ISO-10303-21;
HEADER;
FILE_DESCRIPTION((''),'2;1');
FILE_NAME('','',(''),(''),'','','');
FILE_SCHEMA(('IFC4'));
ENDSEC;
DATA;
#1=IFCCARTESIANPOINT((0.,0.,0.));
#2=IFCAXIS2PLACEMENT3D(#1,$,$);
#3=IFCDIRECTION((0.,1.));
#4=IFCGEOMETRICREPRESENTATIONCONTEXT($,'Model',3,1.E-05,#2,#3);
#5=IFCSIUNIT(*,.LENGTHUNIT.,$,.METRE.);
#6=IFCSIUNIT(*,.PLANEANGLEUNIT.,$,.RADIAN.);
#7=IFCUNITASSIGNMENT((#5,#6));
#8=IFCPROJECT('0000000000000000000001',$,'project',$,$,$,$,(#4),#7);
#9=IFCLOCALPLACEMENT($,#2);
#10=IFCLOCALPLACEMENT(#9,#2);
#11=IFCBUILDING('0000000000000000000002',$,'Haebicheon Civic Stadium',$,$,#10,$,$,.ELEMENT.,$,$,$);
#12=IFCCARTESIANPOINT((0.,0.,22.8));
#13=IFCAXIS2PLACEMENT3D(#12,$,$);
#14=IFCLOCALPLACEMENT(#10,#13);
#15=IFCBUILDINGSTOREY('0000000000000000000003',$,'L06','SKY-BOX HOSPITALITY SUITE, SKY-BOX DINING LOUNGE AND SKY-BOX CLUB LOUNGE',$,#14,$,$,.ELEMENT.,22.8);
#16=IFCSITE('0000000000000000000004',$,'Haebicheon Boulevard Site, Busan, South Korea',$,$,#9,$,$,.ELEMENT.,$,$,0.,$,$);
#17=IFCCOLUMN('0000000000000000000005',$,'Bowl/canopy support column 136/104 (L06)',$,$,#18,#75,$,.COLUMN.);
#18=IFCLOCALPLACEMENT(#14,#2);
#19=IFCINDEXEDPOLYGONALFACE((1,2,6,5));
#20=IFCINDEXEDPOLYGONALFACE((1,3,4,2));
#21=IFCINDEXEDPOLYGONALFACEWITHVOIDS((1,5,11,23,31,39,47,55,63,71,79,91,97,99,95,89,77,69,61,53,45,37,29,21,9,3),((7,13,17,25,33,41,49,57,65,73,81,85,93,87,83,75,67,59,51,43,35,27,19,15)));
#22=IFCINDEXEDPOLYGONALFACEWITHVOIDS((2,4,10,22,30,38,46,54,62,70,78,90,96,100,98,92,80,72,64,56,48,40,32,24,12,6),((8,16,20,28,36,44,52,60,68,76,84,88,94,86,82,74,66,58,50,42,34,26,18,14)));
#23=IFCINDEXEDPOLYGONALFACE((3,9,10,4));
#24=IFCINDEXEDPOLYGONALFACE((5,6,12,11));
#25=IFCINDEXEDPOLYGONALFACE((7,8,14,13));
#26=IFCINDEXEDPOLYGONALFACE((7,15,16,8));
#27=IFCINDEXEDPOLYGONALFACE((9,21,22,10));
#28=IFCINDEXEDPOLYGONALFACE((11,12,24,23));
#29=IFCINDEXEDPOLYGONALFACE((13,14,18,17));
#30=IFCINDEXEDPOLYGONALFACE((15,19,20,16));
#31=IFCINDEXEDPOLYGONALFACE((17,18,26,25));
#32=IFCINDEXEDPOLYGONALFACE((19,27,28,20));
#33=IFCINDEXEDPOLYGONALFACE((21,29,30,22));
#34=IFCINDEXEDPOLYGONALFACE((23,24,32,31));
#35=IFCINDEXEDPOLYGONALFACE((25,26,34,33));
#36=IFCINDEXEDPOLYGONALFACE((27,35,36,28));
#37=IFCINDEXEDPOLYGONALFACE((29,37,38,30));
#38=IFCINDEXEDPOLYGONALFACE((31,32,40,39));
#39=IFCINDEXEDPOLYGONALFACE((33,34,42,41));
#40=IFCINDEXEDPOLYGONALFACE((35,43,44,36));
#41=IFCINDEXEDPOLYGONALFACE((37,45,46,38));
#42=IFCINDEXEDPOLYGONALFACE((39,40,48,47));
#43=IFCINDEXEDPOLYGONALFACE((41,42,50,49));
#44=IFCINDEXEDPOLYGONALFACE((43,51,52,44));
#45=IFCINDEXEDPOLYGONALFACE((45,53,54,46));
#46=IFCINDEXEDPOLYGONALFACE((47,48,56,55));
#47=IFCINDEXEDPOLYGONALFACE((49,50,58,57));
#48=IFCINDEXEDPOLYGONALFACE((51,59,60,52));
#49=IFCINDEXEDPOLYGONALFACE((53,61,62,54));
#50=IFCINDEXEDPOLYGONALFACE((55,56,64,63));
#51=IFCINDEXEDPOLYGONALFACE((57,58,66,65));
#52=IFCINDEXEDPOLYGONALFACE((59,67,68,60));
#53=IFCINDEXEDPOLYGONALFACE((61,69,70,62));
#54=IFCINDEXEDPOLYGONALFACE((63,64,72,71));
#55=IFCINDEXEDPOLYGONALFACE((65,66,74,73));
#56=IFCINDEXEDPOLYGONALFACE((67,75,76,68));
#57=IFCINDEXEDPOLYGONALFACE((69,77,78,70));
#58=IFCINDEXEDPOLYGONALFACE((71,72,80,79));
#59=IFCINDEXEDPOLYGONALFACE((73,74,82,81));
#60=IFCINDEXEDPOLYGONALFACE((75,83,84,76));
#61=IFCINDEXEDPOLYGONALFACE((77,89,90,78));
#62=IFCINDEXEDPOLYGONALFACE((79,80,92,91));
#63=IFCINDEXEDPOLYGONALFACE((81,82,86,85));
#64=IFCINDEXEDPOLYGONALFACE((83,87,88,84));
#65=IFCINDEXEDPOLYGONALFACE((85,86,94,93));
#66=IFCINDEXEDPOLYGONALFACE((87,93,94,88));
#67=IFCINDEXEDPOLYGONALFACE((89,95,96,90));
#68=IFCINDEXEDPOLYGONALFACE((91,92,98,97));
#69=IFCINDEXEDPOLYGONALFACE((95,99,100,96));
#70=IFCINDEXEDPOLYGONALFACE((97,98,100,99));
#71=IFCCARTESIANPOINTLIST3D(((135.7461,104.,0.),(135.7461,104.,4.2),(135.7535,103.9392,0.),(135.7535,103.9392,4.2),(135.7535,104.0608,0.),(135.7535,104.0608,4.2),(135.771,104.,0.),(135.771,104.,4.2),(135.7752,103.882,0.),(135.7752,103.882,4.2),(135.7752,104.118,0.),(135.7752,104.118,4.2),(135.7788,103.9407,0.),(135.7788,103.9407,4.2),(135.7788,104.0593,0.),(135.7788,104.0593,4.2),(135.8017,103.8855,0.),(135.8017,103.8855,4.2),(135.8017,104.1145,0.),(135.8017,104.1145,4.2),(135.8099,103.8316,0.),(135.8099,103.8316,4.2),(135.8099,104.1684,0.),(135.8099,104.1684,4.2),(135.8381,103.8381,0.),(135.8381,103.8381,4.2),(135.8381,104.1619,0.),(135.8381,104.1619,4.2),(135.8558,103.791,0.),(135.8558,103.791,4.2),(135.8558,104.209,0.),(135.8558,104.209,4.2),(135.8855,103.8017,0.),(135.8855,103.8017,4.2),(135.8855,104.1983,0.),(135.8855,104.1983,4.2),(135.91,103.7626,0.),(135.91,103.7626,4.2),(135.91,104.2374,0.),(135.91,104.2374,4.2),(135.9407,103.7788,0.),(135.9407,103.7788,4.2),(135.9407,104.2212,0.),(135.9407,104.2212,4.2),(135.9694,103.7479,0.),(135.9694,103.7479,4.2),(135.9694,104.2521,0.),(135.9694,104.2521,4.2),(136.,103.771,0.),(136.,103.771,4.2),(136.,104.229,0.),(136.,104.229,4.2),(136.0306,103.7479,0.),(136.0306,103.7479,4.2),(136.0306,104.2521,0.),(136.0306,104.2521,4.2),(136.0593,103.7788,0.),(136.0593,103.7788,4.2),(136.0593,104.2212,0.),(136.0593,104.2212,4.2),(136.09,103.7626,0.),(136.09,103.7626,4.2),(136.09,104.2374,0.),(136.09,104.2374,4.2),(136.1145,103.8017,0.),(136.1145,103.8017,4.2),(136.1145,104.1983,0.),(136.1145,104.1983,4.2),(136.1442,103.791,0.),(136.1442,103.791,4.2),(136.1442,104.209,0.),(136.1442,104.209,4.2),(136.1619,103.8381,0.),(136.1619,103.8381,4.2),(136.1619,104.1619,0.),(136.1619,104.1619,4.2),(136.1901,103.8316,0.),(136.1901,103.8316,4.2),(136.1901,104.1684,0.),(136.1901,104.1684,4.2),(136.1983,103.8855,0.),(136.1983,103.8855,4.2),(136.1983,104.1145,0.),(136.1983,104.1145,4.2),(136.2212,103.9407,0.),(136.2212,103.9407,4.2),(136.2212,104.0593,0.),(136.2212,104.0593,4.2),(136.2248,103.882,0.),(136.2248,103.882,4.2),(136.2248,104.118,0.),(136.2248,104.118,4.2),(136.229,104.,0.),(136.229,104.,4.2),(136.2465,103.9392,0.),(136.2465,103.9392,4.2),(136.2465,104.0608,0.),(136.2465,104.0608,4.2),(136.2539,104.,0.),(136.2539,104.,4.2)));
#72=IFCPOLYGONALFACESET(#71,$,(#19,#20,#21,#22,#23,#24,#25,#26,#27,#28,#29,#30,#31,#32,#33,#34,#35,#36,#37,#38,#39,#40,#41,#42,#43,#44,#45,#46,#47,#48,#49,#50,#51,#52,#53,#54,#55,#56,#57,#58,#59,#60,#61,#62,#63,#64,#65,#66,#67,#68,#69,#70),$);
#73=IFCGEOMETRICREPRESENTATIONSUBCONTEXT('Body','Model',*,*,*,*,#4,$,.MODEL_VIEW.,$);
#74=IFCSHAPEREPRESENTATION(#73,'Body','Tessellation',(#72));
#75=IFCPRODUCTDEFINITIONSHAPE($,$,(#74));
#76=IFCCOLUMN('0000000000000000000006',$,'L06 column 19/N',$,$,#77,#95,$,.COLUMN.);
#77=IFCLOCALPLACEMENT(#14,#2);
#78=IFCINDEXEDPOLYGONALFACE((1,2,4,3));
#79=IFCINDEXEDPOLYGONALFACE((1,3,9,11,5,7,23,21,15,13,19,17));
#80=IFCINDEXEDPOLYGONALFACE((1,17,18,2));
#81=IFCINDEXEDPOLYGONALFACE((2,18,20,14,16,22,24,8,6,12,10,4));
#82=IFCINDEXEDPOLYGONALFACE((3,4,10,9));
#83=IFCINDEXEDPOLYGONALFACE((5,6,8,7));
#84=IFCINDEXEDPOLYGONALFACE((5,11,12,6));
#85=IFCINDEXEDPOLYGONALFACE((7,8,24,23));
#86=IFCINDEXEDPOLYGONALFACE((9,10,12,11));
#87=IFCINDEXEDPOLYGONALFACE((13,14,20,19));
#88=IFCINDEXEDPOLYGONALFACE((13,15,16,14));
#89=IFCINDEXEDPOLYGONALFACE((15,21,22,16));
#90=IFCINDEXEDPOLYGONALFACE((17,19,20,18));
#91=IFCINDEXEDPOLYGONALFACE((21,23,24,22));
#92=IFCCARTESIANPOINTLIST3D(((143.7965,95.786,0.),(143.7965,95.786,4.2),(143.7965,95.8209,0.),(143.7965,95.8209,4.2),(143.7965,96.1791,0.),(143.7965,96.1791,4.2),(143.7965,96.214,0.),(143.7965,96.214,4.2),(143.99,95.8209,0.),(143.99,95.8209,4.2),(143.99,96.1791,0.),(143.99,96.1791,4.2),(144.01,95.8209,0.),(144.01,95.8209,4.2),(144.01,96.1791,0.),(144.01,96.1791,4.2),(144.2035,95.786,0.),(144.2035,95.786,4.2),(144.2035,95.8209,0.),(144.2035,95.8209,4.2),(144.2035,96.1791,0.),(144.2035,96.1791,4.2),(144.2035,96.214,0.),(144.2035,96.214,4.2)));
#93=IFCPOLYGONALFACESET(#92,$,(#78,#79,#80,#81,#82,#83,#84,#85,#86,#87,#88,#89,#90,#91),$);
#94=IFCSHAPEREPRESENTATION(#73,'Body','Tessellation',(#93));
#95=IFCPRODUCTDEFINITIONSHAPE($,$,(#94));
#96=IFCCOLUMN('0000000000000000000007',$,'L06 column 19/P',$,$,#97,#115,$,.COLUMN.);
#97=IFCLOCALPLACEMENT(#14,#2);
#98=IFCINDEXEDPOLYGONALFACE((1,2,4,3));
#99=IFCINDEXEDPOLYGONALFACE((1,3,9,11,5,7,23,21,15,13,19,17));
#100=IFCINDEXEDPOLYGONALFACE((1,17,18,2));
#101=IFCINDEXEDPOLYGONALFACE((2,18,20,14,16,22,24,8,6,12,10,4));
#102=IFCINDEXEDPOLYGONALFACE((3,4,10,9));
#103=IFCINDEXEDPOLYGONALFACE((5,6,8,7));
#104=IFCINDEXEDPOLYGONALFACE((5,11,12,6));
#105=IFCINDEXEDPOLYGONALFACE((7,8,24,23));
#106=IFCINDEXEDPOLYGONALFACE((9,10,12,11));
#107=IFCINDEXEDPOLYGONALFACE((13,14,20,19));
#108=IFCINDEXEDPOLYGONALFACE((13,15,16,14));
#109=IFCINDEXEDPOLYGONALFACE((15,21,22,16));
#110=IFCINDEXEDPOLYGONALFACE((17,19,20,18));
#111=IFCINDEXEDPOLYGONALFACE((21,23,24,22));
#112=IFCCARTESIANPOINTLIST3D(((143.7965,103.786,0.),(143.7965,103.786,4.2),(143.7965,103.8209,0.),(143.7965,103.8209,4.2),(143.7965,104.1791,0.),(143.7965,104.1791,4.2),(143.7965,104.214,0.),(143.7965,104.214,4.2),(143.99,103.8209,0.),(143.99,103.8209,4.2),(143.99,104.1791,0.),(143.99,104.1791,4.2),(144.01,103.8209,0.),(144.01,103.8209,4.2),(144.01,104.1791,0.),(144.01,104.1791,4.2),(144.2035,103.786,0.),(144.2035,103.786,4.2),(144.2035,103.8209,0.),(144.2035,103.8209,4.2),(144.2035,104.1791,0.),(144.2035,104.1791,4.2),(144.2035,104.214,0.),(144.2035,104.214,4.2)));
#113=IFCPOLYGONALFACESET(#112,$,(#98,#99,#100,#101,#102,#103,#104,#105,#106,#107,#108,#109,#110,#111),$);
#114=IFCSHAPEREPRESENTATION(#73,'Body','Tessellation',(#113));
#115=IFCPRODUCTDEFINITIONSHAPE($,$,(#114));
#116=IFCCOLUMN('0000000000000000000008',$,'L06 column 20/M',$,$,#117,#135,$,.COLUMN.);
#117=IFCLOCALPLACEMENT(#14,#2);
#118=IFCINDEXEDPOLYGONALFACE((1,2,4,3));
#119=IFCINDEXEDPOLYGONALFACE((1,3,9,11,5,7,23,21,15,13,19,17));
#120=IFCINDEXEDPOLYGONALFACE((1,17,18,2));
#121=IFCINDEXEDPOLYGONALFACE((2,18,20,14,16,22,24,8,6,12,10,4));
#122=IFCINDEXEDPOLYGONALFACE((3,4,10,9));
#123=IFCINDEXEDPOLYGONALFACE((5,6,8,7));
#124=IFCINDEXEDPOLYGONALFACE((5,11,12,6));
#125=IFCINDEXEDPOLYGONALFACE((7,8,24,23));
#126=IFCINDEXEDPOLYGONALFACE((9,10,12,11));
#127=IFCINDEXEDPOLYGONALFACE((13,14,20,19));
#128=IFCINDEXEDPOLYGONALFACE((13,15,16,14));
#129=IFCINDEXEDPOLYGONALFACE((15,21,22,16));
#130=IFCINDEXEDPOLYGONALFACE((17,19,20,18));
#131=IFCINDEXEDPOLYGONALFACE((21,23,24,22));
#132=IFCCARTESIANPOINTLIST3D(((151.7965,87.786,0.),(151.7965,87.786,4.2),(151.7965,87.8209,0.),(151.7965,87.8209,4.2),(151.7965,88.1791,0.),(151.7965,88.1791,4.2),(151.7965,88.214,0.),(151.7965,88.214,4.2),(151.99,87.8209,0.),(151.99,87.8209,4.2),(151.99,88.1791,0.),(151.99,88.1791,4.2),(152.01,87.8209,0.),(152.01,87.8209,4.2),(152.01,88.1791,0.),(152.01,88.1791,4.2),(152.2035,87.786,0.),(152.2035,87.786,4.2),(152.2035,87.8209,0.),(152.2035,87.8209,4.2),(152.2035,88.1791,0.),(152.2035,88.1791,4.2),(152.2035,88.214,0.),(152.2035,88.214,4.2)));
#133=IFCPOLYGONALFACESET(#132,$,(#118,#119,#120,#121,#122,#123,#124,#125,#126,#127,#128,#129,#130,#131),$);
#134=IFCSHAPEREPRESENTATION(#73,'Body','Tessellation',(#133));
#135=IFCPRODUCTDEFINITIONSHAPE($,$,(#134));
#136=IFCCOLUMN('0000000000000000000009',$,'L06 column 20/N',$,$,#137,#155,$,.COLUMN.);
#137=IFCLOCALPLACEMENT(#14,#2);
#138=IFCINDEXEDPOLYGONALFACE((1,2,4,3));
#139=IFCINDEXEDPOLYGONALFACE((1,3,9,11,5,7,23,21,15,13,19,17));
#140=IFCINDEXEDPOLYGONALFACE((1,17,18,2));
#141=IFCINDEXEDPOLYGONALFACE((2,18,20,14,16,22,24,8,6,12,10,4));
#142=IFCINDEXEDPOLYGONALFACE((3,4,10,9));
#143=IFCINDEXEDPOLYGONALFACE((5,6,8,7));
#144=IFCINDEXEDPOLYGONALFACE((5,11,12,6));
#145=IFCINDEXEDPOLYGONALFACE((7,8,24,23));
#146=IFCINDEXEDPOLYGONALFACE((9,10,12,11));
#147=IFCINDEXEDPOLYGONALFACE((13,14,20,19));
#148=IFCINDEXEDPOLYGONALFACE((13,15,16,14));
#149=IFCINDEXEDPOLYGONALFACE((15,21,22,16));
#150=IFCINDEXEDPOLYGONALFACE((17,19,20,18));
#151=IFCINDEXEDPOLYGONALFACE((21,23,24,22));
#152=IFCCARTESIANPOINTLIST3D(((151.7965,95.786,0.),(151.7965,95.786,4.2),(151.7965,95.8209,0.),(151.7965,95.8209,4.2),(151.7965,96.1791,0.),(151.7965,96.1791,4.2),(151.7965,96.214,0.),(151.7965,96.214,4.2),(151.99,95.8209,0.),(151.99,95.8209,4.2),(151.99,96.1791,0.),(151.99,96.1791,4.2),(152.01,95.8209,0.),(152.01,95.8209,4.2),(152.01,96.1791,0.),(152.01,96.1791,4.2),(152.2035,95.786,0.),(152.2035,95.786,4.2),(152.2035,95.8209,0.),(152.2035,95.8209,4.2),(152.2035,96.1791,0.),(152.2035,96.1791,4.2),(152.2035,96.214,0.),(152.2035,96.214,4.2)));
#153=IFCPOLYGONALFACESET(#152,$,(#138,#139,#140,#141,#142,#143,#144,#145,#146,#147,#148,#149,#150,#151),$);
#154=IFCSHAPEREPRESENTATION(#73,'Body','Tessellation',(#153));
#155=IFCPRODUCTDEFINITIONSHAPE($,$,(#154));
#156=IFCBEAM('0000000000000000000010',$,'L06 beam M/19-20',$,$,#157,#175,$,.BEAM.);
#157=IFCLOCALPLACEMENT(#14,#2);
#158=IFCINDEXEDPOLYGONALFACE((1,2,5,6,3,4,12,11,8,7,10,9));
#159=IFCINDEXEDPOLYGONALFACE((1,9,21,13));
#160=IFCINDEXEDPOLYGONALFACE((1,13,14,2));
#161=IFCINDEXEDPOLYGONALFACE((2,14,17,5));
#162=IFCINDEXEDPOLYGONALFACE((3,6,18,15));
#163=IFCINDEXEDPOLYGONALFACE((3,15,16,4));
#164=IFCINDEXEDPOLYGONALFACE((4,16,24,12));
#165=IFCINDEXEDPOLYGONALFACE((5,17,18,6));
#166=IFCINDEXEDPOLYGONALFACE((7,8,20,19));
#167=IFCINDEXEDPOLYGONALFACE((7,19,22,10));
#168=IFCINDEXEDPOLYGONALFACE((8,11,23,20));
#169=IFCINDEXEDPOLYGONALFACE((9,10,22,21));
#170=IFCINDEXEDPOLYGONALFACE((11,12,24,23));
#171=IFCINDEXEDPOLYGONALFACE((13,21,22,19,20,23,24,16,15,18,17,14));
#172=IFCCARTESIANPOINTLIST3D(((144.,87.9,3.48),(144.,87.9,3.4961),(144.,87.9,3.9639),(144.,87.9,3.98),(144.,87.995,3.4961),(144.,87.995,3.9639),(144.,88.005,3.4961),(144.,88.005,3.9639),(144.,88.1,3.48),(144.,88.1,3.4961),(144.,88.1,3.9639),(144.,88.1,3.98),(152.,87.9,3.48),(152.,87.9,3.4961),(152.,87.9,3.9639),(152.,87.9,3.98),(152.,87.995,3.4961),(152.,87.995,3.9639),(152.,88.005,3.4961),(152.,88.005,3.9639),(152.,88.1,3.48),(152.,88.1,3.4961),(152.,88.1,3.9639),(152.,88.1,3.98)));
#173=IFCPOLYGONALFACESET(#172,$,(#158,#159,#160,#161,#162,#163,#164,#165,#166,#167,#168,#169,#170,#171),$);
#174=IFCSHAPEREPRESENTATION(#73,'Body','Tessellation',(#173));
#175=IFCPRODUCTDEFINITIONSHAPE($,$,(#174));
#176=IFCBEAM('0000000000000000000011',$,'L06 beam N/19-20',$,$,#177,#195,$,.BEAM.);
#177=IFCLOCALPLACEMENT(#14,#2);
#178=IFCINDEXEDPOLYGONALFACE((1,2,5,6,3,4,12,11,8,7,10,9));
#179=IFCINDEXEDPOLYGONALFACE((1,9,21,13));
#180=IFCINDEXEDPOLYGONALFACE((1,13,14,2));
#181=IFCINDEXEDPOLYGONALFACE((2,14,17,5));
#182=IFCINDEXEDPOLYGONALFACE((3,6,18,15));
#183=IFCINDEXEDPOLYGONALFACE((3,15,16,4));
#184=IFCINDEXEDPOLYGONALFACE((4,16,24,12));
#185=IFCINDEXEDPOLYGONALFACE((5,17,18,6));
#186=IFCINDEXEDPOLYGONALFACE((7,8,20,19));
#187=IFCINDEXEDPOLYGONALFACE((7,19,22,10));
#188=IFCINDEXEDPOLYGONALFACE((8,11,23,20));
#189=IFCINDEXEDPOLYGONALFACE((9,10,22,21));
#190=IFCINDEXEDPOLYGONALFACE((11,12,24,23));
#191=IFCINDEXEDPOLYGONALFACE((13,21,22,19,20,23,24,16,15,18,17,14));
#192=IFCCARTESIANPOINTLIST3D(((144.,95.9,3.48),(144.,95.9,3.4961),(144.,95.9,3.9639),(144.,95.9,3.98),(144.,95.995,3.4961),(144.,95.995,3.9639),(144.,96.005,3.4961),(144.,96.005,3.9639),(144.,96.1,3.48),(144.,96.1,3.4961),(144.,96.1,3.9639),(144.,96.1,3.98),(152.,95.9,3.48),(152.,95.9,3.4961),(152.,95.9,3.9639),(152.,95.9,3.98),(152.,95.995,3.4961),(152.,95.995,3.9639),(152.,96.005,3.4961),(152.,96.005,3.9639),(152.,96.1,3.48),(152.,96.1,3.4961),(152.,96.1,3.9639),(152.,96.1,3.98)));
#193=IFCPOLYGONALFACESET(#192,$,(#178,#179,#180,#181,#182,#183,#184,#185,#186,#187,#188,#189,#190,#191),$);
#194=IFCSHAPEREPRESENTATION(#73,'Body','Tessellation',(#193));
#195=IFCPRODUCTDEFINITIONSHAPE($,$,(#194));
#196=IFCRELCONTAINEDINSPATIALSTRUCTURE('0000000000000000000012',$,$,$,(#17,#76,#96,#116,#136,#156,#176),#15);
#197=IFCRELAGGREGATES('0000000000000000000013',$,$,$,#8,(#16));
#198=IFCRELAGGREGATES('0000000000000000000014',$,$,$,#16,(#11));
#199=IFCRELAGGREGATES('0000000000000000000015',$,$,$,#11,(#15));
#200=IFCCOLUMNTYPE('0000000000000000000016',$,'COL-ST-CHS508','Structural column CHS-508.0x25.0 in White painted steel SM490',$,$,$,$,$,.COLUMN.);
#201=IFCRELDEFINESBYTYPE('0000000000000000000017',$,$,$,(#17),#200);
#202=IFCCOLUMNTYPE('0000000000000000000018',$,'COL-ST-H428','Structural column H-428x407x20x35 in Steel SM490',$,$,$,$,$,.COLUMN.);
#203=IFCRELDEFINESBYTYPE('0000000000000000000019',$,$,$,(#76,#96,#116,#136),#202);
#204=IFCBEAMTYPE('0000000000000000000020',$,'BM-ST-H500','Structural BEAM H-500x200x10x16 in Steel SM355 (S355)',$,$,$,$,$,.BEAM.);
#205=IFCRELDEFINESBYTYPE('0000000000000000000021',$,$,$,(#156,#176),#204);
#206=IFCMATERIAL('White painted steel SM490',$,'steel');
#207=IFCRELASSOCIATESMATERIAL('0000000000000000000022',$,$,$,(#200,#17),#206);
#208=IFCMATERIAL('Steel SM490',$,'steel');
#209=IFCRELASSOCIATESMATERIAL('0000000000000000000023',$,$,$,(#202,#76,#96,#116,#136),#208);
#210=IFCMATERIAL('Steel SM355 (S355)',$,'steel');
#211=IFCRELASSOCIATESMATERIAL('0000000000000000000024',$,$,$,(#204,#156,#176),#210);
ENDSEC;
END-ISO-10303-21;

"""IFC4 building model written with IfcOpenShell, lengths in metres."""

from ifc_helpers import new_model, si_unit, direction, frame, origin, origin_2d, place, context, subcontext, project, spatial, hollow_circle, i_section, extrude, material, material_profile, profile_set, type_object, element, save


model = new_model("IFC4")

# Units and contexts
model_context = context("Model", 3, precision=1e-05, world=origin(), true_north=direction((0.0, 1.0)))
body_context = subcontext(model_context, "Body", "Model", "MODEL_VIEW")
ifc_project = project(units=[si_unit("LENGTHUNIT", "METRE"), si_unit("PLANEANGLEUNIT", "RADIAN")], contexts=[model_context])

# Site, building, storey
site_placement = place(None, origin())
site = spatial("IfcSite", under=ifc_project, at=site_placement, Name="Haebicheon Boulevard Site, Busan, South Korea", CompositionType="ELEMENT", RefElevation=0.0)
building_placement = place(site_placement, origin())
building = spatial("IfcBuilding", under=site, at=building_placement, Name="Haebicheon Civic Stadium", CompositionType="ELEMENT")
storey_placement = place(building_placement, frame((0.0, 0.0, 22.8)))
storey = spatial("IfcBuildingStorey", under=building, at=storey_placement, Name="L06", Description="SKY-BOX HOSPITALITY SUITE, SKY-BOX DINING LOUNGE AND SKY-BOX CLUB LOUNGE", CompositionType="ELEMENT", Elevation=22.8)

# Columns
ifc_material_1 = material(Name="White painted steel SM490", Category="steel")
ifc_material_profile_1 = material_profile(ifc_material_1, hollow_circle(Radius=0.2539, WallThickness=0.0249, at=origin_2d()), Name="CHS-508.0x25.0")
ifc_profile_set_1 = profile_set([ifc_material_profile_1], Name="White painted steel SM490")
column_type_1 = type_object("IfcColumnType", Name="COL-ST-CHS508", Description="Structural column CHS-508.0x25.0 in White painted steel SM490", PredefinedType="COLUMN", material=ifc_profile_set_1)
column_placement = place(storey_placement, frame((136.0, 104.0, 0.0), z_axis=(0.0, 0.0, 1.0), x_axis=(1.0, 0.0, 0.0)))
element("IfcColumn", 1, at=column_placement, inside=storey, type_object=column_type_1, material=ifc_profile_set_1, Name="Bowl/canopy support column 136/104 (L06)", PredefinedType="COLUMN", context=body_context, shape_type="SweptSolid", body=[
    extrude(hollow_circle(Radius=0.2539, WallThickness=0.0249, at=origin_2d()), origin(), (0.0, 0.0, 1.0), 4.2),
])
ifc_material_2 = material(Name="Steel SM490", Category="steel")
ifc_material_profile_2 = material_profile(ifc_material_2, i_section(OverallWidth=0.407, OverallDepth=0.428, WebThickness=0.02, FlangeThickness=0.0349, at=origin_2d()), Name="H-428x407x20x35")
ifc_profile_set_2 = profile_set([ifc_material_profile_2], Name="Steel SM490")
column_type_2 = type_object("IfcColumnType", Name="COL-ST-H428", Description="Structural column H-428x407x20x35 in Steel SM490", PredefinedType="COLUMN", material=ifc_profile_set_2)
for number, where, z_axis, x_axis, name in (
    (2, (144.0, 96.0, 0.0), (0.0, 0.0, 1.0), (1.0, 0.0, 0.0), "L06 column 19/N"),
    (3, (144.0, 104.0, 0.0), (0.0, 0.0, 1.0), (1.0, 0.0, 0.0), "L06 column 19/P"),
    (4, (152.0, 88.0, 0.0), (0.0, 0.0, 1.0), (1.0, 0.0, 0.0), "L06 column 20/M"),
    (5, (152.0, 96.0, 0.0), (0.0, 0.0, 1.0), (1.0, 0.0, 0.0), "L06 column 20/N"),
):
    element("IfcColumn", number, at=place(storey_placement, frame(where, z_axis=z_axis, x_axis=x_axis)), inside=storey, type_object=column_type_2, material=ifc_profile_set_2, Name=name, PredefinedType="COLUMN", context=body_context, shape_type="SweptSolid", body=[
        extrude(i_section(OverallWidth=0.407, OverallDepth=0.428, WebThickness=0.02, FlangeThickness=0.0349, at=origin_2d()), origin(), (0.0, 0.0, 1.0), 4.2),
    ])

# Beams
ifc_material_3 = material(Name="Steel SM355 (S355)", Category="steel")
ifc_material_profile_3 = material_profile(ifc_material_3, i_section(OverallWidth=0.2, OverallDepth=0.5, WebThickness=0.01, FlangeThickness=0.0161, at=origin_2d()), Name="H-500x200x10x16")
ifc_profile_set_3 = profile_set([ifc_material_profile_3], Name="Steel SM355 (S355)")
beam_type_1 = type_object("IfcBeamType", Name="BM-ST-H500", Description="Structural BEAM H-500x200x10x16 in Steel SM355 (S355)", PredefinedType="BEAM", material=ifc_profile_set_3)
for number, where, z_axis, x_axis, name in (
    (6, (144.0, 88.0, 3.73), (1.0, 0.0, 0.0), (0.0, 1.0, 0.0), "L06 beam M/19-20"),
    (7, (144.0, 96.0, 3.73), (1.0, 0.0, 0.0), (0.0, 1.0, 0.0), "L06 beam N/19-20"),
):
    element("IfcBeam", number, at=place(storey_placement, frame(where, z_axis=z_axis, x_axis=x_axis)), inside=storey, type_object=beam_type_1, material=ifc_profile_set_3, Name=name, PredefinedType="BEAM", context=body_context, shape_type="SweptSolid", body=[
        extrude(i_section(OverallWidth=0.2, OverallDepth=0.5, WebThickness=0.01, FlangeThickness=0.0161, at=origin_2d()), origin(), (0.0, 0.0, 1.0), 8.0),
    ])

save(model, "model.ifc")
